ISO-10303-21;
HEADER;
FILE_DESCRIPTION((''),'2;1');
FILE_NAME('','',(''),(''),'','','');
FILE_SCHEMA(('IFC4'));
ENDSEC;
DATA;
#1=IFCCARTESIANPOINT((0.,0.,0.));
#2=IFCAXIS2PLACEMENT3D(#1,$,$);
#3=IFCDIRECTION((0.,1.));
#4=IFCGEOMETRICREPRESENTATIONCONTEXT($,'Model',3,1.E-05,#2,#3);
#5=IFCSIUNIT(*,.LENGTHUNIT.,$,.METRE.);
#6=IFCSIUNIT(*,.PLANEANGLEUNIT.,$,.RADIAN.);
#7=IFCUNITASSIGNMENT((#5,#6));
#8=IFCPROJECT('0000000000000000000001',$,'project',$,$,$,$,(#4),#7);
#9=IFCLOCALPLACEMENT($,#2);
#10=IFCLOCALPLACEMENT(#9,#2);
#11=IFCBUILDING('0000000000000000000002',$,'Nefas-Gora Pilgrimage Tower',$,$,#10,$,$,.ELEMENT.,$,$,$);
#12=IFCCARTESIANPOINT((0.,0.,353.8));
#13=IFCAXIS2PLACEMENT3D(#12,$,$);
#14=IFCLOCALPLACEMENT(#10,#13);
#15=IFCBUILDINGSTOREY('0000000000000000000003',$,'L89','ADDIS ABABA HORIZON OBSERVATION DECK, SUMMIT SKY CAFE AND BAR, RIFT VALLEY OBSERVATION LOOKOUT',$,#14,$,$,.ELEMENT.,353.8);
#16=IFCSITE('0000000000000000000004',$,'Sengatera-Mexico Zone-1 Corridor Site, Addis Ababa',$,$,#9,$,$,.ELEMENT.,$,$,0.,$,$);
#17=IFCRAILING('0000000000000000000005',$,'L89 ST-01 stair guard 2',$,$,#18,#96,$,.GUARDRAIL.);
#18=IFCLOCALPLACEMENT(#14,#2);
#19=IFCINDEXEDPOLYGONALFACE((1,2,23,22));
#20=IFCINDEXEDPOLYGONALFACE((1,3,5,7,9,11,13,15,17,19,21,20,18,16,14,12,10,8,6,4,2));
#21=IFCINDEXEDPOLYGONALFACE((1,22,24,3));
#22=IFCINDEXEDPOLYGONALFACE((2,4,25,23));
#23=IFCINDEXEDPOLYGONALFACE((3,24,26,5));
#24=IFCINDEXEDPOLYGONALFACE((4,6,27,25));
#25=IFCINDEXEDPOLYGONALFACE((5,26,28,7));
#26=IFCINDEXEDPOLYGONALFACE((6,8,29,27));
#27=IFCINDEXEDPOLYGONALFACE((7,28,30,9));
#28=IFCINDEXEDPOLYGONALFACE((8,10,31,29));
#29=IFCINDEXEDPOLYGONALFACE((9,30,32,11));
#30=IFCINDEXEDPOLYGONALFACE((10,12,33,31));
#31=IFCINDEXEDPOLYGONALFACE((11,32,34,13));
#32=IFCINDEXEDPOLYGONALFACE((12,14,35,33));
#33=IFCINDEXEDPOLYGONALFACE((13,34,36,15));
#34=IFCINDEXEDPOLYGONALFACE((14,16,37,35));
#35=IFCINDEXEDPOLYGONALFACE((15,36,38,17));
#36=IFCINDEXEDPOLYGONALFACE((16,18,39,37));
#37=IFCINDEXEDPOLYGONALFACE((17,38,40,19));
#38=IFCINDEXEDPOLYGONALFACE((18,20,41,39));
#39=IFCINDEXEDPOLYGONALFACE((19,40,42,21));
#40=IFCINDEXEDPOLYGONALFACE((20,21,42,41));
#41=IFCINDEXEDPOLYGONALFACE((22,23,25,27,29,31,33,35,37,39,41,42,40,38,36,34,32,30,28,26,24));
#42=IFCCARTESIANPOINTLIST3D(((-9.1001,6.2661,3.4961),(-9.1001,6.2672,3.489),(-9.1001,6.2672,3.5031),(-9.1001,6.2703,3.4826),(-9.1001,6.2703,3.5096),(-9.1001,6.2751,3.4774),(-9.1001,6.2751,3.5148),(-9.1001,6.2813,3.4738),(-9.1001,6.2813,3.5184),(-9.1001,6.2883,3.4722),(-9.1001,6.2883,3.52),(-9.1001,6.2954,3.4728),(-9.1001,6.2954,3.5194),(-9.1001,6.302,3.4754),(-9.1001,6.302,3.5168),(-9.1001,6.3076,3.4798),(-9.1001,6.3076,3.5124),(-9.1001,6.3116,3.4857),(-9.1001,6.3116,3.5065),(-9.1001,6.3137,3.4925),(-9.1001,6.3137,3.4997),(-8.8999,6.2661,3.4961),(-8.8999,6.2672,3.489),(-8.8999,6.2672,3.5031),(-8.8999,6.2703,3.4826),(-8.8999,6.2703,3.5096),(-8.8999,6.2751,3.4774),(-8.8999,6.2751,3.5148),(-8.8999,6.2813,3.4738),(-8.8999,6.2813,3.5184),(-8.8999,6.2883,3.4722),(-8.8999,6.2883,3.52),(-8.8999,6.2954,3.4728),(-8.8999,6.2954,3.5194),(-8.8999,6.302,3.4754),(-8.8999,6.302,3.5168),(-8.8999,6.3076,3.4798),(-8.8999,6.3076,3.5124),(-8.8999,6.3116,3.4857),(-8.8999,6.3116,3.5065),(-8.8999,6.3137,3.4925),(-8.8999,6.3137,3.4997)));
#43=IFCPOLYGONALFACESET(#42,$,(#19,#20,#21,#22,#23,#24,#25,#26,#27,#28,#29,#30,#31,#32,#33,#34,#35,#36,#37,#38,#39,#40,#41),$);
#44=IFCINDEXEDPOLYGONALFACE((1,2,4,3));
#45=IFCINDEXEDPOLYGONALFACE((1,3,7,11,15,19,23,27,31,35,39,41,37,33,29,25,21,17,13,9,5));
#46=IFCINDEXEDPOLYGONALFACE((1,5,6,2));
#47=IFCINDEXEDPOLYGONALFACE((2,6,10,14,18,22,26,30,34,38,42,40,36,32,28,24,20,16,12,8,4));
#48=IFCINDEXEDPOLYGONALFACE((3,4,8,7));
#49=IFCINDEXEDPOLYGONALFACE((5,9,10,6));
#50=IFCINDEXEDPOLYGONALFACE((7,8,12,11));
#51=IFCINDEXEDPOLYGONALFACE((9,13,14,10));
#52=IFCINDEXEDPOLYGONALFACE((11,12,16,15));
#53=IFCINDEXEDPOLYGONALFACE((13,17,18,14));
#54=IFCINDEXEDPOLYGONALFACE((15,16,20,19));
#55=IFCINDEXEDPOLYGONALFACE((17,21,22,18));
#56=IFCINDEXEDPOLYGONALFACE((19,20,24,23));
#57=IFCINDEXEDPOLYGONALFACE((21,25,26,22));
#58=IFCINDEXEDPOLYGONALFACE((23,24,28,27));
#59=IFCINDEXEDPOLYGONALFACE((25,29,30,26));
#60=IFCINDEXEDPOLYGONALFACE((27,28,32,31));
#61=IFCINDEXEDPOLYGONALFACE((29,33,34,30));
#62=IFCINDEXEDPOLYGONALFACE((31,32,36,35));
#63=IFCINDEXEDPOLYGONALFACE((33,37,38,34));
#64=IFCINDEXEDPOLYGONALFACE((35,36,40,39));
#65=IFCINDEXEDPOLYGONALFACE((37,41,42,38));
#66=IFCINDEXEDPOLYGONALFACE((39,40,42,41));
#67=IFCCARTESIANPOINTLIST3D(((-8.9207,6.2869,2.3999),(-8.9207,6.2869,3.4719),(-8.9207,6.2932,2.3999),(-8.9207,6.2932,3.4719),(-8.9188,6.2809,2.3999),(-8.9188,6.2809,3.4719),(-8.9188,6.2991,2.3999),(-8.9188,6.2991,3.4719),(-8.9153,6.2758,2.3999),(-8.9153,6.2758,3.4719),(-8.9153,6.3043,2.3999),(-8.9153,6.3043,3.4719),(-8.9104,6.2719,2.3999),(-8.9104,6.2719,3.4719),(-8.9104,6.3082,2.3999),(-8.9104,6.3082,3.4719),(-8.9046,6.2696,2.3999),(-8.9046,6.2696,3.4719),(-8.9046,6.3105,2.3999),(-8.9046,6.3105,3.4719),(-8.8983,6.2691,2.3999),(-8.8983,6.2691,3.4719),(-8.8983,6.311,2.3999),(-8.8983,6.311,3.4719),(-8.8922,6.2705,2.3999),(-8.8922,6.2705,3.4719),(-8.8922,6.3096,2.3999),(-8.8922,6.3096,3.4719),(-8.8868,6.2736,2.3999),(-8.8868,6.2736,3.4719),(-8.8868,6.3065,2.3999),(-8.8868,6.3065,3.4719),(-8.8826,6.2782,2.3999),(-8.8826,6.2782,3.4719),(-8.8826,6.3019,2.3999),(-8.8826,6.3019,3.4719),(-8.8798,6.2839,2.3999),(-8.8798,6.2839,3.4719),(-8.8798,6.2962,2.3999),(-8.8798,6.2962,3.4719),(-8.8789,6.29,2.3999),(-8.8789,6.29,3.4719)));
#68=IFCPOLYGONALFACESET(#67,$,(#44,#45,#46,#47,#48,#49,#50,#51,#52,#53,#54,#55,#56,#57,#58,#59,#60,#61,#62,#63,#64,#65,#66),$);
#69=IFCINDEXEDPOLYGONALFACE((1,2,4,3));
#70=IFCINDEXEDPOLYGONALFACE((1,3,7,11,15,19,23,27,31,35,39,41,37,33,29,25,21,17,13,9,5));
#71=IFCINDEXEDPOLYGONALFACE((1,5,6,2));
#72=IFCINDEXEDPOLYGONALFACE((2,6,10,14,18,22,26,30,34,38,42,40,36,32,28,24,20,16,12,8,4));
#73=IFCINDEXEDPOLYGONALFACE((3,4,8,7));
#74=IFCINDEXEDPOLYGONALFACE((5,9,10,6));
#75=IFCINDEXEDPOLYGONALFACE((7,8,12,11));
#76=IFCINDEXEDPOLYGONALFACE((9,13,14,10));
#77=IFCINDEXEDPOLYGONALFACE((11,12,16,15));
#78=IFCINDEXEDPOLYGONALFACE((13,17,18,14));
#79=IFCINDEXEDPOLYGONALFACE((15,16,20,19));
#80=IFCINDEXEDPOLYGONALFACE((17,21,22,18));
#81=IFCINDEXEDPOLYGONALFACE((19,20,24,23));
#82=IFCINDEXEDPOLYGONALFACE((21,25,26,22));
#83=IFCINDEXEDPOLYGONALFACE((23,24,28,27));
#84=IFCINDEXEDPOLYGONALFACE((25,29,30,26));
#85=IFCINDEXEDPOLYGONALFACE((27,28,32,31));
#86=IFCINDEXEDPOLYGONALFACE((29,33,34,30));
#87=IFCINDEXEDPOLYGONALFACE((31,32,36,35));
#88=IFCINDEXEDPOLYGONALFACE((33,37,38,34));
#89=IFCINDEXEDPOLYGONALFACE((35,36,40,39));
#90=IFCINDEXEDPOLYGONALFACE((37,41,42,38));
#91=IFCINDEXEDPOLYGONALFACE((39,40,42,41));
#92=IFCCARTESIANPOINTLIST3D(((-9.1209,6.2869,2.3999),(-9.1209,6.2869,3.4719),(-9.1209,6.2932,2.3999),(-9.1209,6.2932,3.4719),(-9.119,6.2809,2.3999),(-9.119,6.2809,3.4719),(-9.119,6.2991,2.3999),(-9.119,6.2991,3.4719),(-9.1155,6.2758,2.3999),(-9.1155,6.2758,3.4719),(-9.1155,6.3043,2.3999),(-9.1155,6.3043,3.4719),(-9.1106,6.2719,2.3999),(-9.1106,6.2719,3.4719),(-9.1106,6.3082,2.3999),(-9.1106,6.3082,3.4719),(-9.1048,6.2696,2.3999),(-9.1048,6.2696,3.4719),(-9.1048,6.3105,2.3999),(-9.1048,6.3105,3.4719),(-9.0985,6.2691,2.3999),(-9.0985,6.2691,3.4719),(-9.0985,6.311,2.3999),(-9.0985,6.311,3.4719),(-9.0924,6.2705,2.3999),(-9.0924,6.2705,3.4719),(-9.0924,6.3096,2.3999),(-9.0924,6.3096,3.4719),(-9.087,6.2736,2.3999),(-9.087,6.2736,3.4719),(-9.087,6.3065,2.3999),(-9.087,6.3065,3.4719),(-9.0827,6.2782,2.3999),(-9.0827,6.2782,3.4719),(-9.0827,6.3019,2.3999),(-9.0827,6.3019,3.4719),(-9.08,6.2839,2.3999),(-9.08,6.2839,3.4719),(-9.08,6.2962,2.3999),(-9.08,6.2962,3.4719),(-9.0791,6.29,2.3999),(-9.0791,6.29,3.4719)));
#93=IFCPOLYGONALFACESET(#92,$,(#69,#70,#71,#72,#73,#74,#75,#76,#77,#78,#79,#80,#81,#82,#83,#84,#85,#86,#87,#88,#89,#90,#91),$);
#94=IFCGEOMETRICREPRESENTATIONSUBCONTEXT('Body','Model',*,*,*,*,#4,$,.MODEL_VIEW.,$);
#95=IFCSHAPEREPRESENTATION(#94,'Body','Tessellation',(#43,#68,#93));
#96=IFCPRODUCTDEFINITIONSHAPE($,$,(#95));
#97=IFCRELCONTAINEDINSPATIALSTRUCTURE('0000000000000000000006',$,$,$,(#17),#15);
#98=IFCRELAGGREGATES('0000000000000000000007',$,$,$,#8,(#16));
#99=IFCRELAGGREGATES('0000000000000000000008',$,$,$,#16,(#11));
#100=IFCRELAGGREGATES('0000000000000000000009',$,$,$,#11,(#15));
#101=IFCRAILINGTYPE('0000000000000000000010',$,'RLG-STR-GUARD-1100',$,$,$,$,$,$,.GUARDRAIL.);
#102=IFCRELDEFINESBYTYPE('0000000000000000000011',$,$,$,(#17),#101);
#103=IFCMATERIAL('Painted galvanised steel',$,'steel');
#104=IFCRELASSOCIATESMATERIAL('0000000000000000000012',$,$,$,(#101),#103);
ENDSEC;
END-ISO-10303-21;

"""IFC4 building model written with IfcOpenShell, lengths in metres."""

from ifc_helpers import new_model, si_unit, direction, frame, origin, origin_2d, place, context, subcontext, project, spatial, circle, extrude, material, type_object, element, save


model = new_model("IFC4")

# Units and contexts
model_context = context("Model", 3, precision=1e-05, world=origin(), true_north=direction((0.0, 1.0)))
body_context = subcontext(model_context, "Body", "Model", "MODEL_VIEW")
ifc_project = project(units=[si_unit("LENGTHUNIT", "METRE"), si_unit("PLANEANGLEUNIT", "RADIAN")], contexts=[model_context])

# Site, building, storey
site_placement = place(None, origin())
site = spatial("IfcSite", under=ifc_project, at=site_placement, Name="Sengatera-Mexico Zone-1 Corridor Site, Addis Ababa", CompositionType="ELEMENT", RefElevation=0.0)
building_placement = place(site_placement, origin())
building = spatial("IfcBuilding", under=site, at=building_placement, Name="Nefas-Gora Pilgrimage Tower", CompositionType="ELEMENT")
storey_placement = place(building_placement, frame((0.0, 0.0, 353.8)))
storey = spatial("IfcBuildingStorey", under=building, at=storey_placement, Name="L89", Description="ADDIS ABABA HORIZON OBSERVATION DECK, SUMMIT SKY CAFE AND BAR, RIFT VALLEY OBSERVATION LOOKOUT", CompositionType="ELEMENT", Elevation=353.8)

# Railing
ifc_material_1 = material(Name="Painted galvanised steel", Category="steel")
railing_type_1 = type_object("IfcRailingType", Name="RLG-STR-GUARD-1100", PredefinedType="GUARDRAIL", material=ifc_material_1)
railing_1_placement = place(storey_placement, frame((-8.8999, 6.29, 2.3999)))
element("IfcRailing", 1, at=railing_1_placement, inside=storey, type_object=railing_type_1, Name="L89 ST-01 stair guard 2", PredefinedType="GUARDRAIL", context=body_context, shape_type="SweptSolid", body=[
    extrude(circle(Radius=0.0239, at=origin_2d()), frame((0.0, 0.0, 1.0962), z_axis=(-1.0, 0.0, 0.0), x_axis=(0.0, -1.0, 0.0)), (0.0, 0.0, 1.0), 0.2002),
    extrude(circle(Radius=0.021, at=origin_2d()), origin(), (0.0, 0.0, 1.0), 1.072),
    extrude(circle(Radius=0.021, at=origin_2d()), frame((-0.2002, 0.0, 0.0)), (0.0, 0.0, 1.0), 1.072),
])

save(model, "model.ifc")
